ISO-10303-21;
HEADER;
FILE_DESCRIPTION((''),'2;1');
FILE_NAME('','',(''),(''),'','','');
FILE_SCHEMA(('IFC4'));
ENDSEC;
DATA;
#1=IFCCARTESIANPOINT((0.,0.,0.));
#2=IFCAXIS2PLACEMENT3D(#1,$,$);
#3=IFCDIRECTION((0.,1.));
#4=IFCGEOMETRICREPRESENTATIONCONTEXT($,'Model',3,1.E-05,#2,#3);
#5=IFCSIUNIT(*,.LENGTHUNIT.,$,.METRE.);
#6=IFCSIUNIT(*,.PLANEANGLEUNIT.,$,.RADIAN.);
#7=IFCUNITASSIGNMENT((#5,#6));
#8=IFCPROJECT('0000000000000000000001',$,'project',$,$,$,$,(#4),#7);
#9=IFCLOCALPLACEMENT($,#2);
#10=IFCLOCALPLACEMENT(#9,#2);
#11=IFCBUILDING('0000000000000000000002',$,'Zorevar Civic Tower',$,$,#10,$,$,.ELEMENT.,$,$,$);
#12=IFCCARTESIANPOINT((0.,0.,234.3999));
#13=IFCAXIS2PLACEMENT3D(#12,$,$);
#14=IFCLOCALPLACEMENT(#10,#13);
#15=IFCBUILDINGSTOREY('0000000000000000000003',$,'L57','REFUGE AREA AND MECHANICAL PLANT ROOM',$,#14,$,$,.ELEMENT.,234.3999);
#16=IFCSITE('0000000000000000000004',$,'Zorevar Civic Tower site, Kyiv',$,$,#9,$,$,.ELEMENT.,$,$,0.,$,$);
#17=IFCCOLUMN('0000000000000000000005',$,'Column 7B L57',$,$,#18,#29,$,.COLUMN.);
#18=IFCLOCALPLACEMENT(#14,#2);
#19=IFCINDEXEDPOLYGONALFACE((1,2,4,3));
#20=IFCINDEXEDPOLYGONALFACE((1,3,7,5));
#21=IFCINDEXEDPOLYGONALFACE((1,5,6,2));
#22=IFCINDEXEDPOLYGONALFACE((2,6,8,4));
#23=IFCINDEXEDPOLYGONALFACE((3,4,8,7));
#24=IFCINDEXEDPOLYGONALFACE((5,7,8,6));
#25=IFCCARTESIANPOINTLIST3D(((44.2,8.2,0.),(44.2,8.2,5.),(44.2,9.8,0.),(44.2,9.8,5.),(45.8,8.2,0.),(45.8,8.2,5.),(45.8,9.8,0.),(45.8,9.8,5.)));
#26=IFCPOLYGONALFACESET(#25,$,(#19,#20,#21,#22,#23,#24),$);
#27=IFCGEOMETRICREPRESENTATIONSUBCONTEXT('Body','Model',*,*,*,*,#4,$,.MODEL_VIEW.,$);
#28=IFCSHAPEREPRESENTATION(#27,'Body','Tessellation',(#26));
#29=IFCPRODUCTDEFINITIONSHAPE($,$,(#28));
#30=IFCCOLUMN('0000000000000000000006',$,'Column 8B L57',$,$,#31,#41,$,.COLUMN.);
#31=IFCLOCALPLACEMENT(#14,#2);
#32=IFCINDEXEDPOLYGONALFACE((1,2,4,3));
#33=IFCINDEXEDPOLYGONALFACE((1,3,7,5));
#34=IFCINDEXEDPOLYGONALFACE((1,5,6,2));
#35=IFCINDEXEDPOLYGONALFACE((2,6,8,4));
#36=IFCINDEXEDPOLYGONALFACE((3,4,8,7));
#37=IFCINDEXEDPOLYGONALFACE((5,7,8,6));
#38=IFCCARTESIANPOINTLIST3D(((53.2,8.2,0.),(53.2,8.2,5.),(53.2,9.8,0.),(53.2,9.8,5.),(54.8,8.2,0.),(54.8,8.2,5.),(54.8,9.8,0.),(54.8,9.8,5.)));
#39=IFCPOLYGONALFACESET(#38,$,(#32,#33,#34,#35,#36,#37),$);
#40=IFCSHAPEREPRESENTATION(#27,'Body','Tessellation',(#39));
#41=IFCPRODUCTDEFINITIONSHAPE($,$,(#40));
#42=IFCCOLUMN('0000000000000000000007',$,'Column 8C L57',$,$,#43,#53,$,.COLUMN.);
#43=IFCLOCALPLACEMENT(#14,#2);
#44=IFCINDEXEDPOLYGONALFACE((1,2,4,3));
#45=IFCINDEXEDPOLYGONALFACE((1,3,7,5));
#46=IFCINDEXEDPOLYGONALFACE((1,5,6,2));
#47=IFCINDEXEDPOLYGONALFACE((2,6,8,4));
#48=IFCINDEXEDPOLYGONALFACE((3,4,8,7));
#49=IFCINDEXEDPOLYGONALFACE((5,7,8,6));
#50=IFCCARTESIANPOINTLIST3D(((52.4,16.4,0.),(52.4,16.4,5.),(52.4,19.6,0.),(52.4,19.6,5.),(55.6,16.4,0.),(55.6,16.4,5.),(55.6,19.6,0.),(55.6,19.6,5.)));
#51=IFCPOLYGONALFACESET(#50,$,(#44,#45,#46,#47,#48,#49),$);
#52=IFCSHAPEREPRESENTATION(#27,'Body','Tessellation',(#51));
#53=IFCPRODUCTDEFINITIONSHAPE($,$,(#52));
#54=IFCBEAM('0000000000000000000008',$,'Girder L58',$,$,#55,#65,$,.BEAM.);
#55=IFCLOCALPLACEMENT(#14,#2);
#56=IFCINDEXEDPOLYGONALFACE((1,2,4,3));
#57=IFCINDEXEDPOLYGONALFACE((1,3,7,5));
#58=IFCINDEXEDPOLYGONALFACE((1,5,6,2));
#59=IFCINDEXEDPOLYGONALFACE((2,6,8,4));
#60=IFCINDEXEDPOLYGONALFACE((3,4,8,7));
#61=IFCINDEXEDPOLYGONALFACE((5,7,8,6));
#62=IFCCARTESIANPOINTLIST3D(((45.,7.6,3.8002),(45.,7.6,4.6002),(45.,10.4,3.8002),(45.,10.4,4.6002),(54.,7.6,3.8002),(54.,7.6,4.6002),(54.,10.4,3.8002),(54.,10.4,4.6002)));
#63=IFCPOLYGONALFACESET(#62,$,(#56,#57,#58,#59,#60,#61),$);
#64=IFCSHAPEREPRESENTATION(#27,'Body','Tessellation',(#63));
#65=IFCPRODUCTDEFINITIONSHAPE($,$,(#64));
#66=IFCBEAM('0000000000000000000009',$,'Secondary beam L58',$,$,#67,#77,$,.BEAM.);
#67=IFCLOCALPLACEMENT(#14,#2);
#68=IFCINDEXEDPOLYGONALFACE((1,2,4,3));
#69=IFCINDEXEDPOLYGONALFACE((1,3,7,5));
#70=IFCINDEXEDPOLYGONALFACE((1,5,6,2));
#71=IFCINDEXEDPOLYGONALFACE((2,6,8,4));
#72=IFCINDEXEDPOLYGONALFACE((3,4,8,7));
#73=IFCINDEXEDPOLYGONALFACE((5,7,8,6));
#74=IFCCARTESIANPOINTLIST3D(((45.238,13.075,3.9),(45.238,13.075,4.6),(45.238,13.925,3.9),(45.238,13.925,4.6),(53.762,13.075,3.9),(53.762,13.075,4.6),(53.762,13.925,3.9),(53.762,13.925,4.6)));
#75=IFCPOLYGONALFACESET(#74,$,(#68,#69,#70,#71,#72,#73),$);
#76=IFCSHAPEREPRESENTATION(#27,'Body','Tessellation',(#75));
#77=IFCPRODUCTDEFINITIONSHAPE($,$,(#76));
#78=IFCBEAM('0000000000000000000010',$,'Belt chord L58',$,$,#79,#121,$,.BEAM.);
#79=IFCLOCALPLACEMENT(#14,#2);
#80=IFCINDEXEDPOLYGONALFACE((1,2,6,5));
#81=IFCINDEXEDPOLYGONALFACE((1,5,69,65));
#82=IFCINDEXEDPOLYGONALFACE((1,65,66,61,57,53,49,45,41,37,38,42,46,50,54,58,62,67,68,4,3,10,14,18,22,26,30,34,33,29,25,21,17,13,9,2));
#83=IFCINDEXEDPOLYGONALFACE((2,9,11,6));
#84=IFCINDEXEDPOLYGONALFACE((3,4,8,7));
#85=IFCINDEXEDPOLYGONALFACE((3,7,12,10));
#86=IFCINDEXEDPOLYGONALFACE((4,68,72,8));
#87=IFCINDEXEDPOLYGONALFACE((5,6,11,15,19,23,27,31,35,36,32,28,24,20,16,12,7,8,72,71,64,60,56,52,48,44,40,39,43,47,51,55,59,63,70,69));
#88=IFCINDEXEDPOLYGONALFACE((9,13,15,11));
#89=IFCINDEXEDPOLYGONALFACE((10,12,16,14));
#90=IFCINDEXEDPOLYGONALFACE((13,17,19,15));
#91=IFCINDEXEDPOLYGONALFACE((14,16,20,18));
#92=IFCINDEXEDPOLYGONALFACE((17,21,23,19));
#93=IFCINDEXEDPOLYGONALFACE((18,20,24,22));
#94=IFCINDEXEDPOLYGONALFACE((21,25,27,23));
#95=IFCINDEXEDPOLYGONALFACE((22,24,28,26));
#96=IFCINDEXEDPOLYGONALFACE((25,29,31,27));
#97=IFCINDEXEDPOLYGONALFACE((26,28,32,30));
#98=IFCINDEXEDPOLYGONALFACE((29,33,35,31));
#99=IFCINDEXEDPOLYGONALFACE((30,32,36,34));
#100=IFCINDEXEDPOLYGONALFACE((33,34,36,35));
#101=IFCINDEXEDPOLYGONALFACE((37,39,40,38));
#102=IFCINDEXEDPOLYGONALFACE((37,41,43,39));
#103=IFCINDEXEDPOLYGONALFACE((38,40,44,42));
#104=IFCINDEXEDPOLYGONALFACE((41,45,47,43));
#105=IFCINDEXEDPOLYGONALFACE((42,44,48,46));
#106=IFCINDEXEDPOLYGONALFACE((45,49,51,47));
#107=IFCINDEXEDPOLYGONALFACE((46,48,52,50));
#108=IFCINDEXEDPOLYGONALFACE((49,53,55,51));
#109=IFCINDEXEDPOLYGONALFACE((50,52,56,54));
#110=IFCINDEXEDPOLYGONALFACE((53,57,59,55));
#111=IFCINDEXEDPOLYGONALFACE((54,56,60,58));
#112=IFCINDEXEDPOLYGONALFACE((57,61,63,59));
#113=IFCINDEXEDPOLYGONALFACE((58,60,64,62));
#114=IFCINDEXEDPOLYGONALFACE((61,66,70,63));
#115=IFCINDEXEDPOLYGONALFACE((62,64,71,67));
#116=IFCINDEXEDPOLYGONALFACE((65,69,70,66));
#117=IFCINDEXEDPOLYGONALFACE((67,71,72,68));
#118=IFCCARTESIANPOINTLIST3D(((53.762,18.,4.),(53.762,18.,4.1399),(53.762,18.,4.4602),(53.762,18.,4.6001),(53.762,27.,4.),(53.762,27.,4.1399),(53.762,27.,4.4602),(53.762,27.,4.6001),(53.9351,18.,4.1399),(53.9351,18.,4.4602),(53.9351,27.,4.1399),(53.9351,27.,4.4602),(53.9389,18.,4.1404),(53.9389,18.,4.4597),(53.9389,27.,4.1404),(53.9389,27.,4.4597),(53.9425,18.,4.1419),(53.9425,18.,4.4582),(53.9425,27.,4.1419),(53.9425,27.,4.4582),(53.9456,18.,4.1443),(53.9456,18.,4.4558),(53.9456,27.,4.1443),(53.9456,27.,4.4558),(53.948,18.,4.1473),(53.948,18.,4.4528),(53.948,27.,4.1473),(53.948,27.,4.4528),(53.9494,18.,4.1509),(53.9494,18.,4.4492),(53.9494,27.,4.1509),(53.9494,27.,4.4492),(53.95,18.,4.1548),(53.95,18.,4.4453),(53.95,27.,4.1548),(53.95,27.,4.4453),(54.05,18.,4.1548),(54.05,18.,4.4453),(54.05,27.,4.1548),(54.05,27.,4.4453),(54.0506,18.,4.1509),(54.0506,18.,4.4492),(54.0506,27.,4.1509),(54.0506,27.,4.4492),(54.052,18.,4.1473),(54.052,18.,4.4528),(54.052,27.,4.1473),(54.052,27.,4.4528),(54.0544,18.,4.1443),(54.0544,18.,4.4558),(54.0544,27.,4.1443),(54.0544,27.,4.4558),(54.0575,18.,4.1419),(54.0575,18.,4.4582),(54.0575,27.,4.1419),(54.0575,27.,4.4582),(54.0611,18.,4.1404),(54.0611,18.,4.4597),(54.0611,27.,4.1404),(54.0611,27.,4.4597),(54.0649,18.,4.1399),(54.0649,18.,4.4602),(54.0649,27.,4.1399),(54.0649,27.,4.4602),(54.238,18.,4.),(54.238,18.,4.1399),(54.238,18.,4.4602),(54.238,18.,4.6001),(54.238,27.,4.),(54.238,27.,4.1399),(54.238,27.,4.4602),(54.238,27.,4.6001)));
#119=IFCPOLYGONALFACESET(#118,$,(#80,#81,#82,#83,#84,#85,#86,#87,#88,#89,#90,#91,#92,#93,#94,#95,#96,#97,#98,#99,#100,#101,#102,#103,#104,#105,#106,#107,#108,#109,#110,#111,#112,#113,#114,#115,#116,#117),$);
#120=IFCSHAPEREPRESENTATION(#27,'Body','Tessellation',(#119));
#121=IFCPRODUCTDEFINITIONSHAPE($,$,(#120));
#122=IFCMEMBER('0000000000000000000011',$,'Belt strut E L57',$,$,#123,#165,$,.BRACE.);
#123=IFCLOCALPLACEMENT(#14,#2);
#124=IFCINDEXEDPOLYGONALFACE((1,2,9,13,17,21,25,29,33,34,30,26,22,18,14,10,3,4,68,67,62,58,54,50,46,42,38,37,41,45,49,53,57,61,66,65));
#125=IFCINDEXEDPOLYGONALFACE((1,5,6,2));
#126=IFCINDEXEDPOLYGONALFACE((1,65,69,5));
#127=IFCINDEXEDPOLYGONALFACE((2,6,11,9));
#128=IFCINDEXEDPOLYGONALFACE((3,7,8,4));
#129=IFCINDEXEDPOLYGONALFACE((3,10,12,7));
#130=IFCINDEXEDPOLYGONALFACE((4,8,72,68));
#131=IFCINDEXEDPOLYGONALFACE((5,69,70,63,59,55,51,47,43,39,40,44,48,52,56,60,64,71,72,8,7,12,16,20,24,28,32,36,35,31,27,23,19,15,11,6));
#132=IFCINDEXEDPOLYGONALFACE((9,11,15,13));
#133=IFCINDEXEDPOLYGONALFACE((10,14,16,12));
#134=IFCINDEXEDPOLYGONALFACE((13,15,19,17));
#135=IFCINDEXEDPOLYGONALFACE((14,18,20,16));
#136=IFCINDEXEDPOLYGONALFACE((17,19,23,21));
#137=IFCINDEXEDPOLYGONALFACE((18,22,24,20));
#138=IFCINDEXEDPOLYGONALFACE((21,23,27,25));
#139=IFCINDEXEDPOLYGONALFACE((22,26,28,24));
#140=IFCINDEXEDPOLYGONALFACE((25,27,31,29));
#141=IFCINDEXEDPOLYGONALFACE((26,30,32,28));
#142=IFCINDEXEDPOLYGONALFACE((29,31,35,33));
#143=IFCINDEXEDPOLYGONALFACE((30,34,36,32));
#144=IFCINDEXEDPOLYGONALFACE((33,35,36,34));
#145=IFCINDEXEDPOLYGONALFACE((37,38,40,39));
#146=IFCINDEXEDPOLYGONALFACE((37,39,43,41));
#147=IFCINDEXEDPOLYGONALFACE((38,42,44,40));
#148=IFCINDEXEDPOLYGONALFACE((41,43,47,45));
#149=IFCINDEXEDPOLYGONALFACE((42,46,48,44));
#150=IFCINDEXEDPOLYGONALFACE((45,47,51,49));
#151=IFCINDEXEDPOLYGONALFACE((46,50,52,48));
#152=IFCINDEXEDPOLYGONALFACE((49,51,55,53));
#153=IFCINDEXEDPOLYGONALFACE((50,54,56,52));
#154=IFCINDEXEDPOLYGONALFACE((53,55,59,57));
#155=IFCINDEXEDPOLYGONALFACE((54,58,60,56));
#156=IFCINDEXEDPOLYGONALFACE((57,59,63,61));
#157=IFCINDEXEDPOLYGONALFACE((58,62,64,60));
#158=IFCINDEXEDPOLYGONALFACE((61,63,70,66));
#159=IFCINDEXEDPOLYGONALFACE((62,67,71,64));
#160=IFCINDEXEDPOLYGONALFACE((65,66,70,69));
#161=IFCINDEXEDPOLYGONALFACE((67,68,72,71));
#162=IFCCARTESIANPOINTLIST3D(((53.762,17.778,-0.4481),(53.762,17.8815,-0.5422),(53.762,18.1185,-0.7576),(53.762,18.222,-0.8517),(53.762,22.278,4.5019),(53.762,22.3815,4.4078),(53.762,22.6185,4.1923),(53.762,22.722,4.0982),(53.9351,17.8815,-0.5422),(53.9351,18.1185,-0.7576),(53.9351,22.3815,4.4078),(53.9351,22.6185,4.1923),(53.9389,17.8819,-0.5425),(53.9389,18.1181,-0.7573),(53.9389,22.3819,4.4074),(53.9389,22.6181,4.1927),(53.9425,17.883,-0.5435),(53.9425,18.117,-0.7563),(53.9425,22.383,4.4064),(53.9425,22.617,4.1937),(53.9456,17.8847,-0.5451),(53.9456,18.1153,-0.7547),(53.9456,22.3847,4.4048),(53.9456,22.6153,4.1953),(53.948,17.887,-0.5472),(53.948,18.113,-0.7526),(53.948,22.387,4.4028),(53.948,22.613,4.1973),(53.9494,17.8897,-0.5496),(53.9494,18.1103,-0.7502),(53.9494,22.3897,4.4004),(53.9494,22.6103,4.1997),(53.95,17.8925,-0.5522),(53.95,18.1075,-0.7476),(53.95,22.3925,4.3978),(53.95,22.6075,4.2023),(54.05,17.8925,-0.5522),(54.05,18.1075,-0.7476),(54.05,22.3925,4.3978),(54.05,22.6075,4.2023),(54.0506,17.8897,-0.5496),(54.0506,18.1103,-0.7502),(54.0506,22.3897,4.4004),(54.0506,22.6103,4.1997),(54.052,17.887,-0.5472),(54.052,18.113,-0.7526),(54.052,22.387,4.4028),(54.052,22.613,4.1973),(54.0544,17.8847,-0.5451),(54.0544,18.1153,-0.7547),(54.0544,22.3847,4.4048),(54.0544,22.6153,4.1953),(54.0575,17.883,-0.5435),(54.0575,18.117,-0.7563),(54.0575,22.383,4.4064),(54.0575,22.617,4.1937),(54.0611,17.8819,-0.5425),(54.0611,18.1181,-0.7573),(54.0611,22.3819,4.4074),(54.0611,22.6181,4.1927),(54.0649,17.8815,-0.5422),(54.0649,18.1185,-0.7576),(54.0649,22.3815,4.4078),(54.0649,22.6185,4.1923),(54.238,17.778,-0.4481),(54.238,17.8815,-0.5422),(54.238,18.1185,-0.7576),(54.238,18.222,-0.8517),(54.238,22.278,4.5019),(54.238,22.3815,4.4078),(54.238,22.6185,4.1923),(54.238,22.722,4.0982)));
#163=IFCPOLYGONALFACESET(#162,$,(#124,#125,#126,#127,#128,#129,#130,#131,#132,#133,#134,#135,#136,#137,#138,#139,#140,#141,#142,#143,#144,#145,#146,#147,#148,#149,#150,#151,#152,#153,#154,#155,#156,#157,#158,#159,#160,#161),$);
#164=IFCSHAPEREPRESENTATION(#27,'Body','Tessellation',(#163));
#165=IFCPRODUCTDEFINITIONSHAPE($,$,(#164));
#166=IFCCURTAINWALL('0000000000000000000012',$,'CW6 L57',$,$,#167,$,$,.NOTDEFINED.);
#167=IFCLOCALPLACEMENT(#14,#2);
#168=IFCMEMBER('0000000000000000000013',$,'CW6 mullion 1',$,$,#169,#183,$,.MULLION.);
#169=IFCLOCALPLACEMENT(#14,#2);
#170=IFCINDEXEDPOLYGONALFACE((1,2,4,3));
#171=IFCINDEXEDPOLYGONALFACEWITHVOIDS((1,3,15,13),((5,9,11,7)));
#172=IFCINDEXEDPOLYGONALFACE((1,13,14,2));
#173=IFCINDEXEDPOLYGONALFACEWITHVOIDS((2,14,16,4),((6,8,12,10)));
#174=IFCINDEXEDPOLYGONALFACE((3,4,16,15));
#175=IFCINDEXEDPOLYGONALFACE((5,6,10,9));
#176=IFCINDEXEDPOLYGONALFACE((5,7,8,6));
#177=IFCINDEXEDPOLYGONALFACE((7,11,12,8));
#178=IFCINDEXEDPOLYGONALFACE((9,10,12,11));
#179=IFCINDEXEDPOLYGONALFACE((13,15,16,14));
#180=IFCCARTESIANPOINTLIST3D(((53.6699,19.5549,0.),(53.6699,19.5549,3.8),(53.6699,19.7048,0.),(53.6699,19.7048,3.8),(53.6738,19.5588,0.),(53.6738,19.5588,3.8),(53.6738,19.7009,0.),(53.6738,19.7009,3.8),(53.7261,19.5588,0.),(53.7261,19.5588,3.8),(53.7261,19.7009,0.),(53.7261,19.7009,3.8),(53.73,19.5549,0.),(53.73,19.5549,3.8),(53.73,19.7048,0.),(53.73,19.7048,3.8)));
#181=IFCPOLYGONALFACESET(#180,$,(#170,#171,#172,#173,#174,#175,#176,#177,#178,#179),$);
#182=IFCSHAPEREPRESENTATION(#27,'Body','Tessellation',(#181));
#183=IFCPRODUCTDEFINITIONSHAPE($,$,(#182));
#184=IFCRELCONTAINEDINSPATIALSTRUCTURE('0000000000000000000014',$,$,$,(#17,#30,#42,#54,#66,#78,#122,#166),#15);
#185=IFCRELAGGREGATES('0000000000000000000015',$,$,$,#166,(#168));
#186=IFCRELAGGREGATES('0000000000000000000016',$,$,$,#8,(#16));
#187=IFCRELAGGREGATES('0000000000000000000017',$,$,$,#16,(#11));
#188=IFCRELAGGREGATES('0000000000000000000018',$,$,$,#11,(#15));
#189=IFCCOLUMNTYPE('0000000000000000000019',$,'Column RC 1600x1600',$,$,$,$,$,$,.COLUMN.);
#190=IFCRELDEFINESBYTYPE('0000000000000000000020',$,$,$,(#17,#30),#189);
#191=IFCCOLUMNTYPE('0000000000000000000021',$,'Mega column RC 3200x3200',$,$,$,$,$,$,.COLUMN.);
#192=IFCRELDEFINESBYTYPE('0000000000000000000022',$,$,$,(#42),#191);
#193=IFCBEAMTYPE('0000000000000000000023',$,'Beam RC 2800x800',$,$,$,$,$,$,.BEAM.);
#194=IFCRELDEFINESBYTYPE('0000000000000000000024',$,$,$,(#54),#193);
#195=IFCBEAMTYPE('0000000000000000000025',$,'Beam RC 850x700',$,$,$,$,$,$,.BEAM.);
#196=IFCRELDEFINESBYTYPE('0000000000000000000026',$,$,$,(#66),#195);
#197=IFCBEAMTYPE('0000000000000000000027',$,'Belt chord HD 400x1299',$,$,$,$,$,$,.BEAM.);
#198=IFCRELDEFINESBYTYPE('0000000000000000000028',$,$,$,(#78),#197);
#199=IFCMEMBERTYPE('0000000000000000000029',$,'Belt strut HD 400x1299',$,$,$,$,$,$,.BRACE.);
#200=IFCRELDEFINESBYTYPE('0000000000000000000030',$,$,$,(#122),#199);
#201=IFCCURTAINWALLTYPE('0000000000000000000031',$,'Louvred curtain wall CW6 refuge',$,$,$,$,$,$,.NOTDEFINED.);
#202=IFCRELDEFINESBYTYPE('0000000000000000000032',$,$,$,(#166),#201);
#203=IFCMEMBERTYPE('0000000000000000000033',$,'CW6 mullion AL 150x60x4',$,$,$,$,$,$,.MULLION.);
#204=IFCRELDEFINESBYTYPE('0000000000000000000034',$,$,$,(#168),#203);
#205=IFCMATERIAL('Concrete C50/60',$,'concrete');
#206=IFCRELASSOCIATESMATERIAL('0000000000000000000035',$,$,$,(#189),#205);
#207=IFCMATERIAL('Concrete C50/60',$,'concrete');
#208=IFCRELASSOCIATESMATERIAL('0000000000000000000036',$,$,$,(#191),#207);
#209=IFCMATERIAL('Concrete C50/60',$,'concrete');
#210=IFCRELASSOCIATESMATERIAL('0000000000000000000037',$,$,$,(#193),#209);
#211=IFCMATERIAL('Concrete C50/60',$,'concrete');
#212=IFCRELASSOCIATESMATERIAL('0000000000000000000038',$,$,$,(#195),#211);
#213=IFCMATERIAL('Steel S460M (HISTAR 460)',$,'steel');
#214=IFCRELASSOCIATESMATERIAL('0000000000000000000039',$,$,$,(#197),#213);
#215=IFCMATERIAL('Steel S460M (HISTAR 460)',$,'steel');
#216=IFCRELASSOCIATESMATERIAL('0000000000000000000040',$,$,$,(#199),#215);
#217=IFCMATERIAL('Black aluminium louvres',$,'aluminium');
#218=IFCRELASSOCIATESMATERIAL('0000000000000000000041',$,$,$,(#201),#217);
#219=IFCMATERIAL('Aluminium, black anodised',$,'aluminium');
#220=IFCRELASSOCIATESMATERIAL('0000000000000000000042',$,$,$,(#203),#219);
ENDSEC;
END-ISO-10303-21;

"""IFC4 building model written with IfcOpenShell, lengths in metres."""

from ifc_helpers import new_model, si_unit, direction, frame, origin, origin_2d, place, context, subcontext, project, spatial, rectangle, hollow_rectangle, i_section, extrude, material, material_profile, profile_set, type_object, element, aggregate, save


model = new_model("IFC4")

# Units and contexts
model_context = context("Model", 3, precision=1e-05, world=origin(), true_north=direction((0.0, 1.0)))
body_context = subcontext(model_context, "Body", "Model", "MODEL_VIEW")
ifc_project = project(units=[si_unit("LENGTHUNIT", "METRE"), si_unit("PLANEANGLEUNIT", "RADIAN")], contexts=[model_context])

# Site, building, storey
site_placement = place(None, origin())
site = spatial("IfcSite", under=ifc_project, at=site_placement, Name="Zorevar Civic Tower site, Kyiv", CompositionType="ELEMENT", RefElevation=0.0)
building_placement = place(site_placement, origin())
building = spatial("IfcBuilding", under=site, at=building_placement, Name="Zorevar Civic Tower", CompositionType="ELEMENT")
storey_placement = place(building_placement, frame((0.0, 0.0, 234.3999)))
storey = spatial("IfcBuildingStorey", under=building, at=storey_placement, Name="L57", Description="REFUGE AREA AND MECHANICAL PLANT ROOM", CompositionType="ELEMENT", Elevation=234.3999)

# Columns
ifc_material_1 = material(Name="Concrete C50/60", Category="concrete")
ifc_material_profile_1 = material_profile(ifc_material_1, rectangle(XDim=1.6001, YDim=1.6001, at=origin_2d()), Name="RC 1600x1600")
ifc_profile_set_1 = profile_set([ifc_material_profile_1], Name="Concrete C50/60")
column_type_1 = type_object("IfcColumnType", Name="Column RC 1600x1600", PredefinedType="COLUMN", material=ifc_profile_set_1)
for number, where, z_axis, x_axis, name in (
    (1, (45.0, 9.0, 0.0), (0.0, 0.0, 1.0), (1.0, 0.0, 0.0), "Column 7B L57"),
    (2, (54.0, 9.0, 0.0), (0.0, 0.0, 1.0), (1.0, 0.0, 0.0), "Column 8B L57"),
):
    element("IfcColumn", number, at=place(storey_placement, frame(where, z_axis=z_axis, x_axis=x_axis)), inside=storey, type_object=column_type_1, Name=name, PredefinedType="COLUMN", context=body_context, shape_type="SweptSolid", body=[
        extrude(rectangle(XDim=1.6001, YDim=1.6001, at=origin_2d()), origin(), (0.0, 0.0, 1.0), 5.0),
    ])
ifc_material_2 = material(Name="Concrete C50/60", Category="concrete")
ifc_material_profile_2 = material_profile(ifc_material_2, rectangle(XDim=3.2, YDim=3.2, at=origin_2d()), Name="RC 3200x3200")
ifc_profile_set_2 = profile_set([ifc_material_profile_2], Name="Concrete C50/60")
column_type_2 = type_object("IfcColumnType", Name="Mega column RC 3200x3200", PredefinedType="COLUMN", material=ifc_profile_set_2)
column_placement = place(storey_placement, frame((54.0, 18.0, 0.0), z_axis=(0.0, 0.0, 1.0), x_axis=(1.0, 0.0, 0.0)))
element("IfcColumn", 3, at=column_placement, inside=storey, type_object=column_type_2, Name="Column 8C L57", PredefinedType="COLUMN", context=body_context, shape_type="SweptSolid", body=[
    extrude(rectangle(XDim=3.2, YDim=3.2, at=origin_2d()), origin(), (0.0, 0.0, 1.0), 5.0),
])

# Beams
ifc_material_3 = material(Name="Concrete C50/60", Category="concrete")
ifc_material_profile_3 = material_profile(ifc_material_3, rectangle(XDim=2.8, YDim=0.8, at=origin_2d()), Name="RC 2800x800")
ifc_profile_set_3 = profile_set([ifc_material_profile_3], Name="Concrete C50/60")
beam_type_1 = type_object("IfcBeamType", Name="Beam RC 2800x800", PredefinedType="BEAM", material=ifc_profile_set_3)
beam_1_placement = place(storey_placement, frame((45.0, 9.0, 4.2002), z_axis=(1.0, 0.0, 0.0), x_axis=(0.0, 1.0, 0.0)))
element("IfcBeam", 4, at=beam_1_placement, inside=storey, type_object=beam_type_1, Name="Girder L58", PredefinedType="BEAM", context=body_context, shape_type="SweptSolid", body=[
    extrude(rectangle(XDim=2.8, YDim=0.8, at=origin_2d()), origin(), (0.0, 0.0, 1.0), 9.0),
])
ifc_material_4 = material(Name="Concrete C50/60", Category="concrete")
ifc_material_profile_4 = material_profile(ifc_material_4, rectangle(XDim=0.8501, YDim=0.7, at=origin_2d()), Name="RC 850x700")
ifc_profile_set_4 = profile_set([ifc_material_profile_4], Name="Concrete C50/60")
beam_type_2 = type_object("IfcBeamType", Name="Beam RC 850x700", PredefinedType="BEAM", material=ifc_profile_set_4)
beam_2_placement = place(storey_placement, frame((45.238, 13.5, 4.25), z_axis=(1.0, 0.0, 0.0), x_axis=(0.0, 1.0, 0.0)))
element("IfcBeam", 5, at=beam_2_placement, inside=storey, type_object=beam_type_2, Name="Secondary beam L58", PredefinedType="BEAM", context=body_context, shape_type="SweptSolid", body=[
    extrude(rectangle(XDim=0.8501, YDim=0.7, at=origin_2d()), origin(), (0.0, 0.0, 1.0), 8.5239),
])
ifc_material_5 = material(Name="Steel S460M (HISTAR 460)", Category="steel")
ifc_material_profile_5 = material_profile(ifc_material_5, i_section(OverallWidth=0.4761, OverallDepth=0.6001, WebThickness=0.1001, FlangeThickness=0.1399, FilletRadius=0.0149, at=origin_2d()), Name="HD 400x1299")
ifc_profile_set_5 = profile_set([ifc_material_profile_5], Name="Steel S460M (HISTAR 460)")
beam_type_3 = type_object("IfcBeamType", Name="Belt chord HD 400x1299", PredefinedType="BEAM", material=ifc_profile_set_5)
beam_3_placement = place(storey_placement, frame((54.0, 18.0, 4.3), z_axis=(0.0, 1.0, 0.0), x_axis=(-1.0, 0.0, 0.0)))
element("IfcBeam", 6, at=beam_3_placement, inside=storey, type_object=beam_type_3, Name="Belt chord L58", PredefinedType="BEAM", context=body_context, shape_type="SweptSolid", body=[
    extrude(i_section(OverallWidth=0.4761, OverallDepth=0.6001, WebThickness=0.1001, FlangeThickness=0.1399, FilletRadius=0.0149, at=origin_2d()), origin(), (0.0, 0.0, 1.0), 9.0),
])

# Member
ifc_material_6 = material(Name="Steel S460M (HISTAR 460)", Category="steel")
ifc_material_profile_6 = material_profile(ifc_material_6, i_section(OverallWidth=0.4761, OverallDepth=0.6001, WebThickness=0.1001, FlangeThickness=0.1399, FilletRadius=0.0149, at=origin_2d()), Name="HD 400x1299")
ifc_profile_set_6 = profile_set([ifc_material_profile_6], Name="Steel S460M (HISTAR 460)")
member_type_1 = type_object("IfcMemberType", Name="Belt strut HD 400x1299", PredefinedType="BRACE", material=ifc_profile_set_6)
member_1_placement = place(storey_placement, frame((54.0, 18.0, -0.6499), z_axis=(0.0, 0.672676, 0.739937), x_axis=(-1.0, 0.0, 0.0)))
element("IfcMember", 7, at=member_1_placement, inside=storey, type_object=member_type_1, Name="Belt strut E L57", PredefinedType="BRACE", context=body_context, shape_type="SweptSolid", body=[
    extrude(i_section(OverallWidth=0.4761, OverallDepth=0.6001, WebThickness=0.1001, FlangeThickness=0.1399, FilletRadius=0.0149, at=origin_2d()), origin(), (0.0, 0.0, 1.0), 6.6897),
])

# Curtain wall, member
ifc_material_7 = material(Name="Black aluminium louvres", Category="aluminium")
curtain_wall_type = type_object("IfcCurtainWallType", Name="Louvred curtain wall CW6 refuge", PredefinedType="NOTDEFINED", material=ifc_material_7)
curtain_wall_1_placement = place(storey_placement, origin())
curtain_wall_1 = element("IfcCurtainWall", 8, at=curtain_wall_1_placement, inside=storey, type_object=curtain_wall_type, Name="CW6 L57", PredefinedType="NOTDEFINED")
ifc_material_8 = material(Name="Aluminium, black anodised", Category="aluminium")
ifc_material_profile_7 = material_profile(ifc_material_8, hollow_rectangle(XDim=0.0601, YDim=0.1499, WallThickness=0.0039, at=origin_2d()), Name="AL 150x60x4")
ifc_profile_set_7 = profile_set([ifc_material_profile_7], Name="Aluminium, black anodised")
member_type_2 = type_object("IfcMemberType", Name="CW6 mullion AL 150x60x4", PredefinedType="MULLION", material=ifc_profile_set_7)
member_2_placement = place(storey_placement, frame((53.7, 19.6299, 0.0), z_axis=(0.0, 0.0, 1.0), x_axis=(-1.0, 0.0, 0.0)))
member_2 = element("IfcMember", 9, at=member_2_placement, type_object=member_type_2, Name="CW6 mullion 1", PredefinedType="MULLION", context=body_context, shape_type="SweptSolid", body=[
    extrude(hollow_rectangle(XDim=0.0601, YDim=0.1499, WallThickness=0.0039, at=origin_2d()), origin(), (0.0, 0.0, 1.0), 3.8),
])

aggregate(curtain_wall_1, [member_2])

save(model, "model.ifc")
